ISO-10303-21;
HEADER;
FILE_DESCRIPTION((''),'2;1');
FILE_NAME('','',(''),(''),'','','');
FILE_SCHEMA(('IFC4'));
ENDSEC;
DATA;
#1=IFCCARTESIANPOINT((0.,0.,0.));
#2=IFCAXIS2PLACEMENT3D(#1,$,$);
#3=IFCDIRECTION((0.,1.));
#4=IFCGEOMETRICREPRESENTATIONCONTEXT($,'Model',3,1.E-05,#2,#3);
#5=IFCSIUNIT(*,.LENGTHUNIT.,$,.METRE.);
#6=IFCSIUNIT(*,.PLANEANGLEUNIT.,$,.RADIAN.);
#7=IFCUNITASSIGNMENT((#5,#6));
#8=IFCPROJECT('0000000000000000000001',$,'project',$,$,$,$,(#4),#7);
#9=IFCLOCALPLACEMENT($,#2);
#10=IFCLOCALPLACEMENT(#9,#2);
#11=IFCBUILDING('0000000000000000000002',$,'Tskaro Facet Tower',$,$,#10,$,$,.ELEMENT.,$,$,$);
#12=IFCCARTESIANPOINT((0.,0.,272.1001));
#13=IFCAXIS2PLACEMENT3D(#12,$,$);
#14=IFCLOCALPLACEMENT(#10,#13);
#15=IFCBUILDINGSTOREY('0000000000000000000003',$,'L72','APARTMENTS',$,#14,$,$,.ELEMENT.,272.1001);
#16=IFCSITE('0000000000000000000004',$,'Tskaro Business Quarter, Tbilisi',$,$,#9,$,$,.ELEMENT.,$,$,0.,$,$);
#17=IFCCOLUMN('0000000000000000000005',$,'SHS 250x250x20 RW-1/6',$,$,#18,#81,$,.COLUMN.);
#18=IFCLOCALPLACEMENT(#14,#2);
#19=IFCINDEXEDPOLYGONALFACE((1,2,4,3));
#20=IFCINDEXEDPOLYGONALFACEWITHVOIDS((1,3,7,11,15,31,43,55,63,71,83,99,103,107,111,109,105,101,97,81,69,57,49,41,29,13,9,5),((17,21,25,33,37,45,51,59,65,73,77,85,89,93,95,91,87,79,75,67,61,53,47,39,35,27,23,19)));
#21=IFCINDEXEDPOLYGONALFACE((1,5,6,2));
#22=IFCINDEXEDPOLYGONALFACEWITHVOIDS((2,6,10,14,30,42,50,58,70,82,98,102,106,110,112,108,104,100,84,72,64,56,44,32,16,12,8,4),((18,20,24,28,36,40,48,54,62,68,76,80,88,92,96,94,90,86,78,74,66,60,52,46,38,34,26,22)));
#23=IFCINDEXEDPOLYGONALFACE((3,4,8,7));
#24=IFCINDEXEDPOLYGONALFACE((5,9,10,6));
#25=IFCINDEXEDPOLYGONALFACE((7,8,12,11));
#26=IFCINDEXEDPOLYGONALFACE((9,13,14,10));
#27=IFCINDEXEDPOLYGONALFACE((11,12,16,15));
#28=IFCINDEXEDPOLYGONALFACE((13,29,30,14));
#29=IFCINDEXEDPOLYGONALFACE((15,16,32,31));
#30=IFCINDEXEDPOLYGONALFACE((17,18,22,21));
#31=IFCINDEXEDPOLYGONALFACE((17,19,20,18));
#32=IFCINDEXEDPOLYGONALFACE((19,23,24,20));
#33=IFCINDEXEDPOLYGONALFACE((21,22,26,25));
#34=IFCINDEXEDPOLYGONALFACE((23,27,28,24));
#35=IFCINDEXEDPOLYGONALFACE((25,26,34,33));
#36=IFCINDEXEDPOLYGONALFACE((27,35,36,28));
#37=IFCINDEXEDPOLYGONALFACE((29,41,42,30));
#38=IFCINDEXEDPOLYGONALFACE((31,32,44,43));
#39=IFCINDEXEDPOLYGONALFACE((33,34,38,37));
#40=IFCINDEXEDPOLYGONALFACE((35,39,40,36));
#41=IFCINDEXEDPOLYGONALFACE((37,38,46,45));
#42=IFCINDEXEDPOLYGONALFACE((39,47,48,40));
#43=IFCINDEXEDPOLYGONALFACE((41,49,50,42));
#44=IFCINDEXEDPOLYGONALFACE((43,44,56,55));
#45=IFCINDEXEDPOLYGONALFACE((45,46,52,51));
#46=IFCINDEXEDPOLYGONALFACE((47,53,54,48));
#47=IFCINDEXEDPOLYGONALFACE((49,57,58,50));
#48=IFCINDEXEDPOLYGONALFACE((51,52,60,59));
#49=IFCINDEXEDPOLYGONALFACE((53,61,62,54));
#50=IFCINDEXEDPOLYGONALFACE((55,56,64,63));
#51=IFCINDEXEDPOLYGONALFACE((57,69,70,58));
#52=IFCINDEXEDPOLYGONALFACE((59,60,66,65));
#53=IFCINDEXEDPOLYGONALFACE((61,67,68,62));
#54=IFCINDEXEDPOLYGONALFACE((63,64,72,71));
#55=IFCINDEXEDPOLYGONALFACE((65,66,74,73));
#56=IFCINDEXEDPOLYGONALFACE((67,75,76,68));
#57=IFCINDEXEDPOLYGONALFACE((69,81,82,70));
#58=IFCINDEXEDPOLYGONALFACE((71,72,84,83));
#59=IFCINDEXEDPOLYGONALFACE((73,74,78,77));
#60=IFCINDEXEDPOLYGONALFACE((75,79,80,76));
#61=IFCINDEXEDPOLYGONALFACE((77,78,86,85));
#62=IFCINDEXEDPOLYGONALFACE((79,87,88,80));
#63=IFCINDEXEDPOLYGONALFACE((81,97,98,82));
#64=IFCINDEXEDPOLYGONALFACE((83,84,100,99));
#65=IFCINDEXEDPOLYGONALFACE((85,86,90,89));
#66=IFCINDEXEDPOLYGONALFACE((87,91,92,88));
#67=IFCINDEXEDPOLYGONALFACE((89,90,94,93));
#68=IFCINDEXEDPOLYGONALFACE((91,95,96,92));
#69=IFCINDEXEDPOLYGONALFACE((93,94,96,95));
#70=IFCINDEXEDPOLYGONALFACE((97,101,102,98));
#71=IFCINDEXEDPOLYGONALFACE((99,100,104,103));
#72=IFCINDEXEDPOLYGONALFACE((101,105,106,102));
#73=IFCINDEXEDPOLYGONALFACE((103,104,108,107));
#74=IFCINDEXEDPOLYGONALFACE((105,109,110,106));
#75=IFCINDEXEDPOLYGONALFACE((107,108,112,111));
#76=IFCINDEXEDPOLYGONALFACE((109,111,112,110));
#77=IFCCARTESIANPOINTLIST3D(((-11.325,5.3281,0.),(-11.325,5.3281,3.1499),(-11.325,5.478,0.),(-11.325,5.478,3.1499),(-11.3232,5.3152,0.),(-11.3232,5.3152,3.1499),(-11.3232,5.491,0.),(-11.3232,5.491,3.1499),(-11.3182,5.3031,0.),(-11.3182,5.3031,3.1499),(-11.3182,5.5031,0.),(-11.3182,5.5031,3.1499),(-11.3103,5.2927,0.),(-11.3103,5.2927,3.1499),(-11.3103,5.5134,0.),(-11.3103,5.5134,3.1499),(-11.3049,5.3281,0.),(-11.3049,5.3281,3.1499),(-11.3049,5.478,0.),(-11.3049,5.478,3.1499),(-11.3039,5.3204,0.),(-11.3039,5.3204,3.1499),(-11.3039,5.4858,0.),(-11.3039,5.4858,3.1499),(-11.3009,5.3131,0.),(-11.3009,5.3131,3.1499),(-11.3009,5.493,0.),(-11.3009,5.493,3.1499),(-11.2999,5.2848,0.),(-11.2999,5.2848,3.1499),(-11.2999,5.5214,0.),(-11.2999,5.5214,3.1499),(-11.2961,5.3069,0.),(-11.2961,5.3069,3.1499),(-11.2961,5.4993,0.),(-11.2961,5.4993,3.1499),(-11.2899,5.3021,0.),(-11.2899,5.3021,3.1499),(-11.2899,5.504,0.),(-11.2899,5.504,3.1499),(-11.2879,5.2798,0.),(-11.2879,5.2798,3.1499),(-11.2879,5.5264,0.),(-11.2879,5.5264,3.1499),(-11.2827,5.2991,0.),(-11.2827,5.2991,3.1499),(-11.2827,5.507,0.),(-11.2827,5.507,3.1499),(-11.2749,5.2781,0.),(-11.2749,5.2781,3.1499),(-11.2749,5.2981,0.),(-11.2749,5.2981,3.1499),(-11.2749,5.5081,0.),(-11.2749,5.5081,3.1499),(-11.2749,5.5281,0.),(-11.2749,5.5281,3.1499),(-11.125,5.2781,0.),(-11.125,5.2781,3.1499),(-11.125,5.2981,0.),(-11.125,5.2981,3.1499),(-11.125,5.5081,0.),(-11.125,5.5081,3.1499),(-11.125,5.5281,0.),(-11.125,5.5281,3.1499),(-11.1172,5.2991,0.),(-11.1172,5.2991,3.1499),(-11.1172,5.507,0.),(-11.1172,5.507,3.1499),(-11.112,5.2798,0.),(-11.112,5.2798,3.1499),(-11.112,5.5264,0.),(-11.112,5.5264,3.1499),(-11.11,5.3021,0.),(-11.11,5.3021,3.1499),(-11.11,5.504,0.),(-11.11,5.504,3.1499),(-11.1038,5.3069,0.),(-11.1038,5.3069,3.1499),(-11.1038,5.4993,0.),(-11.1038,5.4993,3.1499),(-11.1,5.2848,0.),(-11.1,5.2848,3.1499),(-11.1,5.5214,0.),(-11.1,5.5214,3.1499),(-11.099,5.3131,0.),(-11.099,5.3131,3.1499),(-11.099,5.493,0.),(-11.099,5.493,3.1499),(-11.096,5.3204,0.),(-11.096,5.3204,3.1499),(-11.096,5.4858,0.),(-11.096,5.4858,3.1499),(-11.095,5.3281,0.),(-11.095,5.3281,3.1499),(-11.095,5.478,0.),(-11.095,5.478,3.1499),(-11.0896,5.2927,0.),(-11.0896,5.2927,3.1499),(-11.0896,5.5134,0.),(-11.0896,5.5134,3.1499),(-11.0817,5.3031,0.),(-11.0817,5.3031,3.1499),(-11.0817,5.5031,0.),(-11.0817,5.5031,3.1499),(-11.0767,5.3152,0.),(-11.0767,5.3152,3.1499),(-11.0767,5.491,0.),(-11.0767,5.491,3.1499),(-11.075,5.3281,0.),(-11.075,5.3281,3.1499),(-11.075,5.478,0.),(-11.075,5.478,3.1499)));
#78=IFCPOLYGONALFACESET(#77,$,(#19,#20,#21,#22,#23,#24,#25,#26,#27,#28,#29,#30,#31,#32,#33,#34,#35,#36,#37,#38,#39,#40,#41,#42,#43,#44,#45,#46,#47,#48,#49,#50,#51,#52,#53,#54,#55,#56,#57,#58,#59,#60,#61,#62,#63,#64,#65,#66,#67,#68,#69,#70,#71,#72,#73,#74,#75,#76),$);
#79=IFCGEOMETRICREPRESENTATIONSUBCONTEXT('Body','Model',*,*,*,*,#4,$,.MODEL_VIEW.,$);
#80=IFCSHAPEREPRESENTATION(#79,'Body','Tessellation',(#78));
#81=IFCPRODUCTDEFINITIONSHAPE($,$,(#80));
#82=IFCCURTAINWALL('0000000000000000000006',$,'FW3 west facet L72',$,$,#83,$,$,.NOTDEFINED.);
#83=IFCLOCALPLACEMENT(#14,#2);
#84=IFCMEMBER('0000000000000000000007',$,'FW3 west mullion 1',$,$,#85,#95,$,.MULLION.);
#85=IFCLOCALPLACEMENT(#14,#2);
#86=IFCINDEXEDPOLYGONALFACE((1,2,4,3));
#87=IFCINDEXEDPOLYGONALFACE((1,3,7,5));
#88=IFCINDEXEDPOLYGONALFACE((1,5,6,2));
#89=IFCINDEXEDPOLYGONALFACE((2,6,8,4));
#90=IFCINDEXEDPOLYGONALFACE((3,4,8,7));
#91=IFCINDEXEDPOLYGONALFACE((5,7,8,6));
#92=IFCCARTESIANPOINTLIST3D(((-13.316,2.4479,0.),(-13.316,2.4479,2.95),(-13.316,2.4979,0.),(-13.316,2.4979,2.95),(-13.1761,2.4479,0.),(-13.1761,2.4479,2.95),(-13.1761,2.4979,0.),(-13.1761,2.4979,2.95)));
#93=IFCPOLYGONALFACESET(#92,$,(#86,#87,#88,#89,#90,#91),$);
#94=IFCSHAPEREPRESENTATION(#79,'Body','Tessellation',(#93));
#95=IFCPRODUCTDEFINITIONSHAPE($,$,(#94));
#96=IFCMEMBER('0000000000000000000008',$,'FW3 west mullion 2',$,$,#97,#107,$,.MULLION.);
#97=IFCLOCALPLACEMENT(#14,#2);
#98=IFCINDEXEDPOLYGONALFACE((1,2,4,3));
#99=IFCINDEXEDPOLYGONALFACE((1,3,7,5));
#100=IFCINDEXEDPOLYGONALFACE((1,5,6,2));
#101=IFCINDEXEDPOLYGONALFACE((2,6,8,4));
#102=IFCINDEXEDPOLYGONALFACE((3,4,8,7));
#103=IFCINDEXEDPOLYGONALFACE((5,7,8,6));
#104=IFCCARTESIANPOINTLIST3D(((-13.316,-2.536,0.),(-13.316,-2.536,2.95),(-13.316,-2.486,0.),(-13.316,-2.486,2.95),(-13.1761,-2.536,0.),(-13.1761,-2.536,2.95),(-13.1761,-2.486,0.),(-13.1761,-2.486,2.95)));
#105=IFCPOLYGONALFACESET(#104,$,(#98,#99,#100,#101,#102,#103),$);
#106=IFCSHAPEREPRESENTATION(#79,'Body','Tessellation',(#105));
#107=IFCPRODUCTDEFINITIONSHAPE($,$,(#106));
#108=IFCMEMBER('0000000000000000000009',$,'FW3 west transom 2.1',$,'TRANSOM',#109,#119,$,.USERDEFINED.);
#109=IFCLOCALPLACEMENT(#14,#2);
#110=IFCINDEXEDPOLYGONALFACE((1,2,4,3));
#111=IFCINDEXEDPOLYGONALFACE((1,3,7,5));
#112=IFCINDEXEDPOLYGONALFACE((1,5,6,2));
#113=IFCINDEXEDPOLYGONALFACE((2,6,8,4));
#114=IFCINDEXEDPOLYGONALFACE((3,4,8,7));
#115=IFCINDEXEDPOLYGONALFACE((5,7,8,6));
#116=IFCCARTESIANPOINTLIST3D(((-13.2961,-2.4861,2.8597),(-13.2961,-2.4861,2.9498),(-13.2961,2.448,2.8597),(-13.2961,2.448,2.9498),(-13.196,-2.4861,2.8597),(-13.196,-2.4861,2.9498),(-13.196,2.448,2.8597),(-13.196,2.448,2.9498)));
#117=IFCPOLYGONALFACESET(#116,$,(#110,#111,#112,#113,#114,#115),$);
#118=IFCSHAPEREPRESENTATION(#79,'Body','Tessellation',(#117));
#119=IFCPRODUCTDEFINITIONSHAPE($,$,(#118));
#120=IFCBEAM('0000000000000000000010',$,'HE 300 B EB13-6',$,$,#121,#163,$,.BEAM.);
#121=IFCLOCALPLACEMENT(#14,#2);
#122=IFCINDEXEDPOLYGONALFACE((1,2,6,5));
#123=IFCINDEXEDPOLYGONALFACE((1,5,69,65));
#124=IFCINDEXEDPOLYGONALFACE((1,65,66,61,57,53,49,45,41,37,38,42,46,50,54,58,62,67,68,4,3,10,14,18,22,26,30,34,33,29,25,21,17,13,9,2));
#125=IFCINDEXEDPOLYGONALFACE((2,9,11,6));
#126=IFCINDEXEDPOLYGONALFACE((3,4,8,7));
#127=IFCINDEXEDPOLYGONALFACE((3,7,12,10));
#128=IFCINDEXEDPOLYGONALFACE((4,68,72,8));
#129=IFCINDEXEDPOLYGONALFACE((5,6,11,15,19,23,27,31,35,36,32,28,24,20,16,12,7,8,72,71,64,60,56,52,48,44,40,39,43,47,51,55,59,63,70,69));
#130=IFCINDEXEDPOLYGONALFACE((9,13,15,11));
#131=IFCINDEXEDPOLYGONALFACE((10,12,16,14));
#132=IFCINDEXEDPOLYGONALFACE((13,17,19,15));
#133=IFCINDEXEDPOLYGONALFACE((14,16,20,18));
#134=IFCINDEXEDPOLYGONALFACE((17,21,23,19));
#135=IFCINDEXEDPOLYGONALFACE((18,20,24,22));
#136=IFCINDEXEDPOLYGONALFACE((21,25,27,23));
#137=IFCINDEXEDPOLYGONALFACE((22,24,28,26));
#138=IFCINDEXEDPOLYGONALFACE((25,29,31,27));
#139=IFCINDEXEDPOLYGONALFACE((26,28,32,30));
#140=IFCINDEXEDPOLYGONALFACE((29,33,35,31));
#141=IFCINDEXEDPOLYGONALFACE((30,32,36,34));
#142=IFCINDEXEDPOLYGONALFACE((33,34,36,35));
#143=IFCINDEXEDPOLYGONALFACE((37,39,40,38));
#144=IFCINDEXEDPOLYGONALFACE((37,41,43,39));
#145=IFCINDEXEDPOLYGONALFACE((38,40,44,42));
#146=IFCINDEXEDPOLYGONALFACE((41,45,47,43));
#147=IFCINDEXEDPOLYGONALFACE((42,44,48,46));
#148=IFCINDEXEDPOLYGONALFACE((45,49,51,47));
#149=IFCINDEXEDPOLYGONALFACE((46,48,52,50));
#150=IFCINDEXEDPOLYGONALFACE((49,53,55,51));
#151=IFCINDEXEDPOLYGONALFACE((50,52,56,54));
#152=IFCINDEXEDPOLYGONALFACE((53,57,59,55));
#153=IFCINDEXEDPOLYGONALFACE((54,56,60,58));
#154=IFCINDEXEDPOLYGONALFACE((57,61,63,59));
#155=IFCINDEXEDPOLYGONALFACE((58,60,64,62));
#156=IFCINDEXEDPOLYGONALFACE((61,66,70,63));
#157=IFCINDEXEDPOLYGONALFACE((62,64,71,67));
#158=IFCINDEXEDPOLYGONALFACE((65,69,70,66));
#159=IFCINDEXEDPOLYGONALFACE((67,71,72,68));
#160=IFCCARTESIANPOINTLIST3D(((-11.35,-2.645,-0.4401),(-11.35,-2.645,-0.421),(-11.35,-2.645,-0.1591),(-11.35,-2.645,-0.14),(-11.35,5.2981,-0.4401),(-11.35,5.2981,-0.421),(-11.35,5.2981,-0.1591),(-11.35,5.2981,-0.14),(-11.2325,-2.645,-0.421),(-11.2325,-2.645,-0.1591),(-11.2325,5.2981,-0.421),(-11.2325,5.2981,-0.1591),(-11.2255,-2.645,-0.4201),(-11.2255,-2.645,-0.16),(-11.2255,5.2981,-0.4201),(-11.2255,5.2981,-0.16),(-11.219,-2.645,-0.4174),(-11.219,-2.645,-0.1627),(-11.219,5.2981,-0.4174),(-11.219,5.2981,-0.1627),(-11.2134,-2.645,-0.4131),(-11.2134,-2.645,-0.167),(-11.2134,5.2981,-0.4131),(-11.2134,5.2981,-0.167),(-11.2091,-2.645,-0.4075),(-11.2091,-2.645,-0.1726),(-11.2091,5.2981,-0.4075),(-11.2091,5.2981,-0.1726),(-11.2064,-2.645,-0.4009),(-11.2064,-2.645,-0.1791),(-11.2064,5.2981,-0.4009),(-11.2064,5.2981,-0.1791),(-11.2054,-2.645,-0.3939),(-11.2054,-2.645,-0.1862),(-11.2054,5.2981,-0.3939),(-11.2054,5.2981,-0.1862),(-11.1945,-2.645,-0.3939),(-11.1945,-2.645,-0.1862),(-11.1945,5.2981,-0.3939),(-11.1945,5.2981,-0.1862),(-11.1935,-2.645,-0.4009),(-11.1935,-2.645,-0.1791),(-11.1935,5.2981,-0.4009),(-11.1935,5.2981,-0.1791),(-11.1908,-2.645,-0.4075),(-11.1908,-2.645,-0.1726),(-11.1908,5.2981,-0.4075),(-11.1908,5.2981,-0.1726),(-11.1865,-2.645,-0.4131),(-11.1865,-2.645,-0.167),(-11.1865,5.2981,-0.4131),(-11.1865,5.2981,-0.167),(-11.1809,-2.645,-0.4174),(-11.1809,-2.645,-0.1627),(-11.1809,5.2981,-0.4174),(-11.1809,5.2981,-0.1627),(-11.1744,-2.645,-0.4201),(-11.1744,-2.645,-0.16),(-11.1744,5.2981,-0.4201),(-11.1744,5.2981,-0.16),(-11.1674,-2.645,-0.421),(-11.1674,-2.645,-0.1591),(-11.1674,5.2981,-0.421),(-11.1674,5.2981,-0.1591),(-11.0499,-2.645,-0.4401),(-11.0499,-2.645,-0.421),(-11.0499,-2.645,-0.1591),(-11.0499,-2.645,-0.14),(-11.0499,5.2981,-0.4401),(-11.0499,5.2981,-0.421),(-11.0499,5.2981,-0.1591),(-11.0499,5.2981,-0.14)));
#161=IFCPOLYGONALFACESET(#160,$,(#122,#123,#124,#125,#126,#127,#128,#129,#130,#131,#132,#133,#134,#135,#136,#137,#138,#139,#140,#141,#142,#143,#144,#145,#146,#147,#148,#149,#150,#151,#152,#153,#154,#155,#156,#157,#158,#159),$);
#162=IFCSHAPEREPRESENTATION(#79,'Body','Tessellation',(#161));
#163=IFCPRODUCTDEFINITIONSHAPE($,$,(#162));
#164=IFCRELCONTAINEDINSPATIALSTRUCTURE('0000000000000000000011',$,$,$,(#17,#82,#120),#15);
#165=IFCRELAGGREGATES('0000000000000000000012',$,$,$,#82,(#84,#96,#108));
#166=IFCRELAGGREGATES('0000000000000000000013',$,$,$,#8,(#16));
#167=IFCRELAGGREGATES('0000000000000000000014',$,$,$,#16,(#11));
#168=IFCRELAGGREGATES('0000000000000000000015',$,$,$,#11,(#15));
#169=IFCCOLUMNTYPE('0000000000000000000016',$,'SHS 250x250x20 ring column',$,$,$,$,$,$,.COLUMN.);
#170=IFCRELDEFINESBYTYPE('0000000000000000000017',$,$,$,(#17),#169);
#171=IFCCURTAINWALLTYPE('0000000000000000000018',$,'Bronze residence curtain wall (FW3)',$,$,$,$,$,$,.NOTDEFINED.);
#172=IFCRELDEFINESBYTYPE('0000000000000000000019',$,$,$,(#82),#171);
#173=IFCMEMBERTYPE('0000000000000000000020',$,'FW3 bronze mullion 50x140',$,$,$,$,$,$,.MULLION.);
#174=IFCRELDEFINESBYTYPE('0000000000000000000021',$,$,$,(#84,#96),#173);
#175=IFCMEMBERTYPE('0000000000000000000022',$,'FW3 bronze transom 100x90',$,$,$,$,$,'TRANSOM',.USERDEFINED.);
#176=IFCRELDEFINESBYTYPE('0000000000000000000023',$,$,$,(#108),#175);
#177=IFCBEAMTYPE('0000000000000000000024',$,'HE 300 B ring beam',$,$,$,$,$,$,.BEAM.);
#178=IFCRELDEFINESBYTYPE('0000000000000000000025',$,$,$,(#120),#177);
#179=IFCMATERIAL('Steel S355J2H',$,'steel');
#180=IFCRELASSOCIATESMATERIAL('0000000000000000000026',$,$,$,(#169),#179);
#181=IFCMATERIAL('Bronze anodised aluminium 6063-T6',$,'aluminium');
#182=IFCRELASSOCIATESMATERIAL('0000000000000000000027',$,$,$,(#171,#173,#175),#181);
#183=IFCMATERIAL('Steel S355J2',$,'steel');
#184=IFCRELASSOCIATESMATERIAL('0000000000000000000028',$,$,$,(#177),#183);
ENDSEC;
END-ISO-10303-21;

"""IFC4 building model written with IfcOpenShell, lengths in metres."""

from ifc_helpers import new_model, si_unit, direction, frame, origin, origin_2d, place, context, subcontext, project, spatial, rectangle, hollow_rectangle, i_section, extrude, material, material_profile, profile_set, type_object, element, aggregate, save


model = new_model("IFC4")

# Units and contexts
model_context = context("Model", 3, precision=1e-05, world=origin(), true_north=direction((0.0, 1.0)))
body_context = subcontext(model_context, "Body", "Model", "MODEL_VIEW")
ifc_project = project(units=[si_unit("LENGTHUNIT", "METRE"), si_unit("PLANEANGLEUNIT", "RADIAN")], contexts=[model_context])

# Site, building, storey
site_placement = place(None, origin())
site = spatial("IfcSite", under=ifc_project, at=site_placement, Name="Tskaro Business Quarter, Tbilisi", CompositionType="ELEMENT", RefElevation=0.0)
building_placement = place(site_placement, origin())
building = spatial("IfcBuilding", under=site, at=building_placement, Name="Tskaro Facet Tower", CompositionType="ELEMENT")
storey_placement = place(building_placement, frame((0.0, 0.0, 272.1001)))
storey = spatial("IfcBuildingStorey", under=building, at=storey_placement, Name="L72", Description="APARTMENTS", CompositionType="ELEMENT", Elevation=272.1001)

# Column
ifc_material_1 = material(Name="Steel S355J2H", Category="steel")
ifc_material_profile_1 = material_profile(ifc_material_1, hollow_rectangle(XDim=0.25, YDim=0.25, WallThickness=0.02, InnerFilletRadius=0.03, OuterFilletRadius=0.05, at=origin_2d()), Name="SHS 250x250x20")
ifc_profile_set_1 = profile_set([ifc_material_profile_1], Name="Steel S355J2H")
column_type = type_object("IfcColumnType", Name="SHS 250x250x20 ring column", PredefinedType="COLUMN", material=ifc_profile_set_1)
column_placement = place(storey_placement, frame((-11.2, 5.4031, 0.0), z_axis=(0.0, 0.0, 1.0), x_axis=(1.0, 0.0, 0.0)))
element("IfcColumn", 1, at=column_placement, inside=storey, type_object=column_type, Name="SHS 250x250x20 RW-1/6", PredefinedType="COLUMN", context=body_context, shape_type="SweptSolid", body=[
    extrude(hollow_rectangle(XDim=0.25, YDim=0.25, WallThickness=0.02, InnerFilletRadius=0.03, OuterFilletRadius=0.05, at=origin_2d()), origin(), (0.0, 0.0, 1.0), 3.1499),
])

# Curtain wall, members
ifc_material_2 = material(Name="Bronze anodised aluminium 6063-T6", Category="aluminium")
curtain_wall_type = type_object("IfcCurtainWallType", Name="Bronze residence curtain wall (FW3)", PredefinedType="NOTDEFINED", material=ifc_material_2)
curtain_wall_placement = place(storey_placement, origin())
curtain_wall = element("IfcCurtainWall", 2, at=curtain_wall_placement, inside=storey, type_object=curtain_wall_type, Name="FW3 west facet L72", PredefinedType="NOTDEFINED")
ifc_material_profile_2 = material_profile(ifc_material_2, rectangle(XDim=0.05, YDim=0.1399, at=origin_2d()), Name="Mullion 50x140")
ifc_profile_set_2 = profile_set([ifc_material_profile_2], Name="Bronze anodised aluminium 6063-T6")
member_type_1 = type_object("IfcMemberType", Name="FW3 bronze mullion 50x140", PredefinedType="MULLION", material=ifc_profile_set_2)
member_1_placement = place(storey_placement, frame((-13.2461, 2.4729, 0.0), z_axis=(0.0, 0.0, 1.0), x_axis=(0.0, -1.0, 0.0)))
member_1 = element("IfcMember", 3, at=member_1_placement, type_object=member_type_1, Name="FW3 west mullion 1", PredefinedType="MULLION", context=body_context, shape_type="SweptSolid", body=[
    extrude(rectangle(XDim=0.05, YDim=0.1399, at=origin_2d()), origin(), (0.0, 0.0, 1.0), 2.95),
])
member_2_placement = place(storey_placement, frame((-13.2461, -2.511, 0.0), z_axis=(0.0, 0.0, 1.0), x_axis=(0.0, -1.0, 0.0)))
member_2 = element("IfcMember", 4, at=member_2_placement, type_object=member_type_1, Name="FW3 west mullion 2", PredefinedType="MULLION", context=body_context, shape_type="SweptSolid", body=[
    extrude(rectangle(XDim=0.05, YDim=0.1399, at=origin_2d()), origin(), (0.0, 0.0, 1.0), 2.95),
])
ifc_material_profile_3 = material_profile(ifc_material_2, rectangle(XDim=0.1001, YDim=0.0901, at=origin_2d()), Name="Transom 100x90")
ifc_profile_set_3 = profile_set([ifc_material_profile_3], Name="Bronze anodised aluminium 6063-T6")
member_type_2 = type_object("IfcMemberType", Name="FW3 bronze transom 100x90", ElementType="TRANSOM", PredefinedType="USERDEFINED", material=ifc_profile_set_3)
member_3_placement = place(storey_placement, frame((-13.2461, 2.448, 2.9048), z_axis=(0.0, -1.0, 0.0), x_axis=(1.0, 0.0, 0.0)))
member_3 = element("IfcMember", 5, at=member_3_placement, type_object=member_type_2, Name="FW3 west transom 2.1", ObjectType="TRANSOM", PredefinedType="USERDEFINED", context=body_context, shape_type="SweptSolid", body=[
    extrude(rectangle(XDim=0.1001, YDim=0.0901, at=origin_2d()), origin(), (0.0, 0.0, 1.0), 4.9341),
])

# Beam
ifc_material_3 = material(Name="Steel S355J2", Category="steel")
ifc_material_profile_4 = material_profile(ifc_material_3, i_section(OverallWidth=0.3, OverallDepth=0.3, WebThickness=0.011, FlangeThickness=0.019, FilletRadius=0.0271, at=origin_2d()), Name="HE 300 B")
ifc_profile_set_4 = profile_set([ifc_material_profile_4], Name="Steel S355J2")
beam_type_1 = type_object("IfcBeamType", Name="HE 300 B ring beam", PredefinedType="BEAM", material=ifc_profile_set_4)
beam_1_placement = place(storey_placement, frame((-11.2, 5.2981, -0.29), z_axis=(0.0, -1.0, 0.0), x_axis=(1.0, 0.0, 0.0)))
element("IfcBeam", 6, at=beam_1_placement, inside=storey, type_object=beam_type_1, Name="HE 300 B EB13-6", PredefinedType="BEAM", context=body_context, shape_type="SweptSolid", body=[
    extrude(i_section(OverallWidth=0.3, OverallDepth=0.3, WebThickness=0.011, FlangeThickness=0.019, FilletRadius=0.0271, at=origin_2d()), origin(), (0.0, 0.0, 1.0), 7.9431),
])

aggregate(curtain_wall, [member_1, member_2, member_3])

save(model, "model.ifc")
